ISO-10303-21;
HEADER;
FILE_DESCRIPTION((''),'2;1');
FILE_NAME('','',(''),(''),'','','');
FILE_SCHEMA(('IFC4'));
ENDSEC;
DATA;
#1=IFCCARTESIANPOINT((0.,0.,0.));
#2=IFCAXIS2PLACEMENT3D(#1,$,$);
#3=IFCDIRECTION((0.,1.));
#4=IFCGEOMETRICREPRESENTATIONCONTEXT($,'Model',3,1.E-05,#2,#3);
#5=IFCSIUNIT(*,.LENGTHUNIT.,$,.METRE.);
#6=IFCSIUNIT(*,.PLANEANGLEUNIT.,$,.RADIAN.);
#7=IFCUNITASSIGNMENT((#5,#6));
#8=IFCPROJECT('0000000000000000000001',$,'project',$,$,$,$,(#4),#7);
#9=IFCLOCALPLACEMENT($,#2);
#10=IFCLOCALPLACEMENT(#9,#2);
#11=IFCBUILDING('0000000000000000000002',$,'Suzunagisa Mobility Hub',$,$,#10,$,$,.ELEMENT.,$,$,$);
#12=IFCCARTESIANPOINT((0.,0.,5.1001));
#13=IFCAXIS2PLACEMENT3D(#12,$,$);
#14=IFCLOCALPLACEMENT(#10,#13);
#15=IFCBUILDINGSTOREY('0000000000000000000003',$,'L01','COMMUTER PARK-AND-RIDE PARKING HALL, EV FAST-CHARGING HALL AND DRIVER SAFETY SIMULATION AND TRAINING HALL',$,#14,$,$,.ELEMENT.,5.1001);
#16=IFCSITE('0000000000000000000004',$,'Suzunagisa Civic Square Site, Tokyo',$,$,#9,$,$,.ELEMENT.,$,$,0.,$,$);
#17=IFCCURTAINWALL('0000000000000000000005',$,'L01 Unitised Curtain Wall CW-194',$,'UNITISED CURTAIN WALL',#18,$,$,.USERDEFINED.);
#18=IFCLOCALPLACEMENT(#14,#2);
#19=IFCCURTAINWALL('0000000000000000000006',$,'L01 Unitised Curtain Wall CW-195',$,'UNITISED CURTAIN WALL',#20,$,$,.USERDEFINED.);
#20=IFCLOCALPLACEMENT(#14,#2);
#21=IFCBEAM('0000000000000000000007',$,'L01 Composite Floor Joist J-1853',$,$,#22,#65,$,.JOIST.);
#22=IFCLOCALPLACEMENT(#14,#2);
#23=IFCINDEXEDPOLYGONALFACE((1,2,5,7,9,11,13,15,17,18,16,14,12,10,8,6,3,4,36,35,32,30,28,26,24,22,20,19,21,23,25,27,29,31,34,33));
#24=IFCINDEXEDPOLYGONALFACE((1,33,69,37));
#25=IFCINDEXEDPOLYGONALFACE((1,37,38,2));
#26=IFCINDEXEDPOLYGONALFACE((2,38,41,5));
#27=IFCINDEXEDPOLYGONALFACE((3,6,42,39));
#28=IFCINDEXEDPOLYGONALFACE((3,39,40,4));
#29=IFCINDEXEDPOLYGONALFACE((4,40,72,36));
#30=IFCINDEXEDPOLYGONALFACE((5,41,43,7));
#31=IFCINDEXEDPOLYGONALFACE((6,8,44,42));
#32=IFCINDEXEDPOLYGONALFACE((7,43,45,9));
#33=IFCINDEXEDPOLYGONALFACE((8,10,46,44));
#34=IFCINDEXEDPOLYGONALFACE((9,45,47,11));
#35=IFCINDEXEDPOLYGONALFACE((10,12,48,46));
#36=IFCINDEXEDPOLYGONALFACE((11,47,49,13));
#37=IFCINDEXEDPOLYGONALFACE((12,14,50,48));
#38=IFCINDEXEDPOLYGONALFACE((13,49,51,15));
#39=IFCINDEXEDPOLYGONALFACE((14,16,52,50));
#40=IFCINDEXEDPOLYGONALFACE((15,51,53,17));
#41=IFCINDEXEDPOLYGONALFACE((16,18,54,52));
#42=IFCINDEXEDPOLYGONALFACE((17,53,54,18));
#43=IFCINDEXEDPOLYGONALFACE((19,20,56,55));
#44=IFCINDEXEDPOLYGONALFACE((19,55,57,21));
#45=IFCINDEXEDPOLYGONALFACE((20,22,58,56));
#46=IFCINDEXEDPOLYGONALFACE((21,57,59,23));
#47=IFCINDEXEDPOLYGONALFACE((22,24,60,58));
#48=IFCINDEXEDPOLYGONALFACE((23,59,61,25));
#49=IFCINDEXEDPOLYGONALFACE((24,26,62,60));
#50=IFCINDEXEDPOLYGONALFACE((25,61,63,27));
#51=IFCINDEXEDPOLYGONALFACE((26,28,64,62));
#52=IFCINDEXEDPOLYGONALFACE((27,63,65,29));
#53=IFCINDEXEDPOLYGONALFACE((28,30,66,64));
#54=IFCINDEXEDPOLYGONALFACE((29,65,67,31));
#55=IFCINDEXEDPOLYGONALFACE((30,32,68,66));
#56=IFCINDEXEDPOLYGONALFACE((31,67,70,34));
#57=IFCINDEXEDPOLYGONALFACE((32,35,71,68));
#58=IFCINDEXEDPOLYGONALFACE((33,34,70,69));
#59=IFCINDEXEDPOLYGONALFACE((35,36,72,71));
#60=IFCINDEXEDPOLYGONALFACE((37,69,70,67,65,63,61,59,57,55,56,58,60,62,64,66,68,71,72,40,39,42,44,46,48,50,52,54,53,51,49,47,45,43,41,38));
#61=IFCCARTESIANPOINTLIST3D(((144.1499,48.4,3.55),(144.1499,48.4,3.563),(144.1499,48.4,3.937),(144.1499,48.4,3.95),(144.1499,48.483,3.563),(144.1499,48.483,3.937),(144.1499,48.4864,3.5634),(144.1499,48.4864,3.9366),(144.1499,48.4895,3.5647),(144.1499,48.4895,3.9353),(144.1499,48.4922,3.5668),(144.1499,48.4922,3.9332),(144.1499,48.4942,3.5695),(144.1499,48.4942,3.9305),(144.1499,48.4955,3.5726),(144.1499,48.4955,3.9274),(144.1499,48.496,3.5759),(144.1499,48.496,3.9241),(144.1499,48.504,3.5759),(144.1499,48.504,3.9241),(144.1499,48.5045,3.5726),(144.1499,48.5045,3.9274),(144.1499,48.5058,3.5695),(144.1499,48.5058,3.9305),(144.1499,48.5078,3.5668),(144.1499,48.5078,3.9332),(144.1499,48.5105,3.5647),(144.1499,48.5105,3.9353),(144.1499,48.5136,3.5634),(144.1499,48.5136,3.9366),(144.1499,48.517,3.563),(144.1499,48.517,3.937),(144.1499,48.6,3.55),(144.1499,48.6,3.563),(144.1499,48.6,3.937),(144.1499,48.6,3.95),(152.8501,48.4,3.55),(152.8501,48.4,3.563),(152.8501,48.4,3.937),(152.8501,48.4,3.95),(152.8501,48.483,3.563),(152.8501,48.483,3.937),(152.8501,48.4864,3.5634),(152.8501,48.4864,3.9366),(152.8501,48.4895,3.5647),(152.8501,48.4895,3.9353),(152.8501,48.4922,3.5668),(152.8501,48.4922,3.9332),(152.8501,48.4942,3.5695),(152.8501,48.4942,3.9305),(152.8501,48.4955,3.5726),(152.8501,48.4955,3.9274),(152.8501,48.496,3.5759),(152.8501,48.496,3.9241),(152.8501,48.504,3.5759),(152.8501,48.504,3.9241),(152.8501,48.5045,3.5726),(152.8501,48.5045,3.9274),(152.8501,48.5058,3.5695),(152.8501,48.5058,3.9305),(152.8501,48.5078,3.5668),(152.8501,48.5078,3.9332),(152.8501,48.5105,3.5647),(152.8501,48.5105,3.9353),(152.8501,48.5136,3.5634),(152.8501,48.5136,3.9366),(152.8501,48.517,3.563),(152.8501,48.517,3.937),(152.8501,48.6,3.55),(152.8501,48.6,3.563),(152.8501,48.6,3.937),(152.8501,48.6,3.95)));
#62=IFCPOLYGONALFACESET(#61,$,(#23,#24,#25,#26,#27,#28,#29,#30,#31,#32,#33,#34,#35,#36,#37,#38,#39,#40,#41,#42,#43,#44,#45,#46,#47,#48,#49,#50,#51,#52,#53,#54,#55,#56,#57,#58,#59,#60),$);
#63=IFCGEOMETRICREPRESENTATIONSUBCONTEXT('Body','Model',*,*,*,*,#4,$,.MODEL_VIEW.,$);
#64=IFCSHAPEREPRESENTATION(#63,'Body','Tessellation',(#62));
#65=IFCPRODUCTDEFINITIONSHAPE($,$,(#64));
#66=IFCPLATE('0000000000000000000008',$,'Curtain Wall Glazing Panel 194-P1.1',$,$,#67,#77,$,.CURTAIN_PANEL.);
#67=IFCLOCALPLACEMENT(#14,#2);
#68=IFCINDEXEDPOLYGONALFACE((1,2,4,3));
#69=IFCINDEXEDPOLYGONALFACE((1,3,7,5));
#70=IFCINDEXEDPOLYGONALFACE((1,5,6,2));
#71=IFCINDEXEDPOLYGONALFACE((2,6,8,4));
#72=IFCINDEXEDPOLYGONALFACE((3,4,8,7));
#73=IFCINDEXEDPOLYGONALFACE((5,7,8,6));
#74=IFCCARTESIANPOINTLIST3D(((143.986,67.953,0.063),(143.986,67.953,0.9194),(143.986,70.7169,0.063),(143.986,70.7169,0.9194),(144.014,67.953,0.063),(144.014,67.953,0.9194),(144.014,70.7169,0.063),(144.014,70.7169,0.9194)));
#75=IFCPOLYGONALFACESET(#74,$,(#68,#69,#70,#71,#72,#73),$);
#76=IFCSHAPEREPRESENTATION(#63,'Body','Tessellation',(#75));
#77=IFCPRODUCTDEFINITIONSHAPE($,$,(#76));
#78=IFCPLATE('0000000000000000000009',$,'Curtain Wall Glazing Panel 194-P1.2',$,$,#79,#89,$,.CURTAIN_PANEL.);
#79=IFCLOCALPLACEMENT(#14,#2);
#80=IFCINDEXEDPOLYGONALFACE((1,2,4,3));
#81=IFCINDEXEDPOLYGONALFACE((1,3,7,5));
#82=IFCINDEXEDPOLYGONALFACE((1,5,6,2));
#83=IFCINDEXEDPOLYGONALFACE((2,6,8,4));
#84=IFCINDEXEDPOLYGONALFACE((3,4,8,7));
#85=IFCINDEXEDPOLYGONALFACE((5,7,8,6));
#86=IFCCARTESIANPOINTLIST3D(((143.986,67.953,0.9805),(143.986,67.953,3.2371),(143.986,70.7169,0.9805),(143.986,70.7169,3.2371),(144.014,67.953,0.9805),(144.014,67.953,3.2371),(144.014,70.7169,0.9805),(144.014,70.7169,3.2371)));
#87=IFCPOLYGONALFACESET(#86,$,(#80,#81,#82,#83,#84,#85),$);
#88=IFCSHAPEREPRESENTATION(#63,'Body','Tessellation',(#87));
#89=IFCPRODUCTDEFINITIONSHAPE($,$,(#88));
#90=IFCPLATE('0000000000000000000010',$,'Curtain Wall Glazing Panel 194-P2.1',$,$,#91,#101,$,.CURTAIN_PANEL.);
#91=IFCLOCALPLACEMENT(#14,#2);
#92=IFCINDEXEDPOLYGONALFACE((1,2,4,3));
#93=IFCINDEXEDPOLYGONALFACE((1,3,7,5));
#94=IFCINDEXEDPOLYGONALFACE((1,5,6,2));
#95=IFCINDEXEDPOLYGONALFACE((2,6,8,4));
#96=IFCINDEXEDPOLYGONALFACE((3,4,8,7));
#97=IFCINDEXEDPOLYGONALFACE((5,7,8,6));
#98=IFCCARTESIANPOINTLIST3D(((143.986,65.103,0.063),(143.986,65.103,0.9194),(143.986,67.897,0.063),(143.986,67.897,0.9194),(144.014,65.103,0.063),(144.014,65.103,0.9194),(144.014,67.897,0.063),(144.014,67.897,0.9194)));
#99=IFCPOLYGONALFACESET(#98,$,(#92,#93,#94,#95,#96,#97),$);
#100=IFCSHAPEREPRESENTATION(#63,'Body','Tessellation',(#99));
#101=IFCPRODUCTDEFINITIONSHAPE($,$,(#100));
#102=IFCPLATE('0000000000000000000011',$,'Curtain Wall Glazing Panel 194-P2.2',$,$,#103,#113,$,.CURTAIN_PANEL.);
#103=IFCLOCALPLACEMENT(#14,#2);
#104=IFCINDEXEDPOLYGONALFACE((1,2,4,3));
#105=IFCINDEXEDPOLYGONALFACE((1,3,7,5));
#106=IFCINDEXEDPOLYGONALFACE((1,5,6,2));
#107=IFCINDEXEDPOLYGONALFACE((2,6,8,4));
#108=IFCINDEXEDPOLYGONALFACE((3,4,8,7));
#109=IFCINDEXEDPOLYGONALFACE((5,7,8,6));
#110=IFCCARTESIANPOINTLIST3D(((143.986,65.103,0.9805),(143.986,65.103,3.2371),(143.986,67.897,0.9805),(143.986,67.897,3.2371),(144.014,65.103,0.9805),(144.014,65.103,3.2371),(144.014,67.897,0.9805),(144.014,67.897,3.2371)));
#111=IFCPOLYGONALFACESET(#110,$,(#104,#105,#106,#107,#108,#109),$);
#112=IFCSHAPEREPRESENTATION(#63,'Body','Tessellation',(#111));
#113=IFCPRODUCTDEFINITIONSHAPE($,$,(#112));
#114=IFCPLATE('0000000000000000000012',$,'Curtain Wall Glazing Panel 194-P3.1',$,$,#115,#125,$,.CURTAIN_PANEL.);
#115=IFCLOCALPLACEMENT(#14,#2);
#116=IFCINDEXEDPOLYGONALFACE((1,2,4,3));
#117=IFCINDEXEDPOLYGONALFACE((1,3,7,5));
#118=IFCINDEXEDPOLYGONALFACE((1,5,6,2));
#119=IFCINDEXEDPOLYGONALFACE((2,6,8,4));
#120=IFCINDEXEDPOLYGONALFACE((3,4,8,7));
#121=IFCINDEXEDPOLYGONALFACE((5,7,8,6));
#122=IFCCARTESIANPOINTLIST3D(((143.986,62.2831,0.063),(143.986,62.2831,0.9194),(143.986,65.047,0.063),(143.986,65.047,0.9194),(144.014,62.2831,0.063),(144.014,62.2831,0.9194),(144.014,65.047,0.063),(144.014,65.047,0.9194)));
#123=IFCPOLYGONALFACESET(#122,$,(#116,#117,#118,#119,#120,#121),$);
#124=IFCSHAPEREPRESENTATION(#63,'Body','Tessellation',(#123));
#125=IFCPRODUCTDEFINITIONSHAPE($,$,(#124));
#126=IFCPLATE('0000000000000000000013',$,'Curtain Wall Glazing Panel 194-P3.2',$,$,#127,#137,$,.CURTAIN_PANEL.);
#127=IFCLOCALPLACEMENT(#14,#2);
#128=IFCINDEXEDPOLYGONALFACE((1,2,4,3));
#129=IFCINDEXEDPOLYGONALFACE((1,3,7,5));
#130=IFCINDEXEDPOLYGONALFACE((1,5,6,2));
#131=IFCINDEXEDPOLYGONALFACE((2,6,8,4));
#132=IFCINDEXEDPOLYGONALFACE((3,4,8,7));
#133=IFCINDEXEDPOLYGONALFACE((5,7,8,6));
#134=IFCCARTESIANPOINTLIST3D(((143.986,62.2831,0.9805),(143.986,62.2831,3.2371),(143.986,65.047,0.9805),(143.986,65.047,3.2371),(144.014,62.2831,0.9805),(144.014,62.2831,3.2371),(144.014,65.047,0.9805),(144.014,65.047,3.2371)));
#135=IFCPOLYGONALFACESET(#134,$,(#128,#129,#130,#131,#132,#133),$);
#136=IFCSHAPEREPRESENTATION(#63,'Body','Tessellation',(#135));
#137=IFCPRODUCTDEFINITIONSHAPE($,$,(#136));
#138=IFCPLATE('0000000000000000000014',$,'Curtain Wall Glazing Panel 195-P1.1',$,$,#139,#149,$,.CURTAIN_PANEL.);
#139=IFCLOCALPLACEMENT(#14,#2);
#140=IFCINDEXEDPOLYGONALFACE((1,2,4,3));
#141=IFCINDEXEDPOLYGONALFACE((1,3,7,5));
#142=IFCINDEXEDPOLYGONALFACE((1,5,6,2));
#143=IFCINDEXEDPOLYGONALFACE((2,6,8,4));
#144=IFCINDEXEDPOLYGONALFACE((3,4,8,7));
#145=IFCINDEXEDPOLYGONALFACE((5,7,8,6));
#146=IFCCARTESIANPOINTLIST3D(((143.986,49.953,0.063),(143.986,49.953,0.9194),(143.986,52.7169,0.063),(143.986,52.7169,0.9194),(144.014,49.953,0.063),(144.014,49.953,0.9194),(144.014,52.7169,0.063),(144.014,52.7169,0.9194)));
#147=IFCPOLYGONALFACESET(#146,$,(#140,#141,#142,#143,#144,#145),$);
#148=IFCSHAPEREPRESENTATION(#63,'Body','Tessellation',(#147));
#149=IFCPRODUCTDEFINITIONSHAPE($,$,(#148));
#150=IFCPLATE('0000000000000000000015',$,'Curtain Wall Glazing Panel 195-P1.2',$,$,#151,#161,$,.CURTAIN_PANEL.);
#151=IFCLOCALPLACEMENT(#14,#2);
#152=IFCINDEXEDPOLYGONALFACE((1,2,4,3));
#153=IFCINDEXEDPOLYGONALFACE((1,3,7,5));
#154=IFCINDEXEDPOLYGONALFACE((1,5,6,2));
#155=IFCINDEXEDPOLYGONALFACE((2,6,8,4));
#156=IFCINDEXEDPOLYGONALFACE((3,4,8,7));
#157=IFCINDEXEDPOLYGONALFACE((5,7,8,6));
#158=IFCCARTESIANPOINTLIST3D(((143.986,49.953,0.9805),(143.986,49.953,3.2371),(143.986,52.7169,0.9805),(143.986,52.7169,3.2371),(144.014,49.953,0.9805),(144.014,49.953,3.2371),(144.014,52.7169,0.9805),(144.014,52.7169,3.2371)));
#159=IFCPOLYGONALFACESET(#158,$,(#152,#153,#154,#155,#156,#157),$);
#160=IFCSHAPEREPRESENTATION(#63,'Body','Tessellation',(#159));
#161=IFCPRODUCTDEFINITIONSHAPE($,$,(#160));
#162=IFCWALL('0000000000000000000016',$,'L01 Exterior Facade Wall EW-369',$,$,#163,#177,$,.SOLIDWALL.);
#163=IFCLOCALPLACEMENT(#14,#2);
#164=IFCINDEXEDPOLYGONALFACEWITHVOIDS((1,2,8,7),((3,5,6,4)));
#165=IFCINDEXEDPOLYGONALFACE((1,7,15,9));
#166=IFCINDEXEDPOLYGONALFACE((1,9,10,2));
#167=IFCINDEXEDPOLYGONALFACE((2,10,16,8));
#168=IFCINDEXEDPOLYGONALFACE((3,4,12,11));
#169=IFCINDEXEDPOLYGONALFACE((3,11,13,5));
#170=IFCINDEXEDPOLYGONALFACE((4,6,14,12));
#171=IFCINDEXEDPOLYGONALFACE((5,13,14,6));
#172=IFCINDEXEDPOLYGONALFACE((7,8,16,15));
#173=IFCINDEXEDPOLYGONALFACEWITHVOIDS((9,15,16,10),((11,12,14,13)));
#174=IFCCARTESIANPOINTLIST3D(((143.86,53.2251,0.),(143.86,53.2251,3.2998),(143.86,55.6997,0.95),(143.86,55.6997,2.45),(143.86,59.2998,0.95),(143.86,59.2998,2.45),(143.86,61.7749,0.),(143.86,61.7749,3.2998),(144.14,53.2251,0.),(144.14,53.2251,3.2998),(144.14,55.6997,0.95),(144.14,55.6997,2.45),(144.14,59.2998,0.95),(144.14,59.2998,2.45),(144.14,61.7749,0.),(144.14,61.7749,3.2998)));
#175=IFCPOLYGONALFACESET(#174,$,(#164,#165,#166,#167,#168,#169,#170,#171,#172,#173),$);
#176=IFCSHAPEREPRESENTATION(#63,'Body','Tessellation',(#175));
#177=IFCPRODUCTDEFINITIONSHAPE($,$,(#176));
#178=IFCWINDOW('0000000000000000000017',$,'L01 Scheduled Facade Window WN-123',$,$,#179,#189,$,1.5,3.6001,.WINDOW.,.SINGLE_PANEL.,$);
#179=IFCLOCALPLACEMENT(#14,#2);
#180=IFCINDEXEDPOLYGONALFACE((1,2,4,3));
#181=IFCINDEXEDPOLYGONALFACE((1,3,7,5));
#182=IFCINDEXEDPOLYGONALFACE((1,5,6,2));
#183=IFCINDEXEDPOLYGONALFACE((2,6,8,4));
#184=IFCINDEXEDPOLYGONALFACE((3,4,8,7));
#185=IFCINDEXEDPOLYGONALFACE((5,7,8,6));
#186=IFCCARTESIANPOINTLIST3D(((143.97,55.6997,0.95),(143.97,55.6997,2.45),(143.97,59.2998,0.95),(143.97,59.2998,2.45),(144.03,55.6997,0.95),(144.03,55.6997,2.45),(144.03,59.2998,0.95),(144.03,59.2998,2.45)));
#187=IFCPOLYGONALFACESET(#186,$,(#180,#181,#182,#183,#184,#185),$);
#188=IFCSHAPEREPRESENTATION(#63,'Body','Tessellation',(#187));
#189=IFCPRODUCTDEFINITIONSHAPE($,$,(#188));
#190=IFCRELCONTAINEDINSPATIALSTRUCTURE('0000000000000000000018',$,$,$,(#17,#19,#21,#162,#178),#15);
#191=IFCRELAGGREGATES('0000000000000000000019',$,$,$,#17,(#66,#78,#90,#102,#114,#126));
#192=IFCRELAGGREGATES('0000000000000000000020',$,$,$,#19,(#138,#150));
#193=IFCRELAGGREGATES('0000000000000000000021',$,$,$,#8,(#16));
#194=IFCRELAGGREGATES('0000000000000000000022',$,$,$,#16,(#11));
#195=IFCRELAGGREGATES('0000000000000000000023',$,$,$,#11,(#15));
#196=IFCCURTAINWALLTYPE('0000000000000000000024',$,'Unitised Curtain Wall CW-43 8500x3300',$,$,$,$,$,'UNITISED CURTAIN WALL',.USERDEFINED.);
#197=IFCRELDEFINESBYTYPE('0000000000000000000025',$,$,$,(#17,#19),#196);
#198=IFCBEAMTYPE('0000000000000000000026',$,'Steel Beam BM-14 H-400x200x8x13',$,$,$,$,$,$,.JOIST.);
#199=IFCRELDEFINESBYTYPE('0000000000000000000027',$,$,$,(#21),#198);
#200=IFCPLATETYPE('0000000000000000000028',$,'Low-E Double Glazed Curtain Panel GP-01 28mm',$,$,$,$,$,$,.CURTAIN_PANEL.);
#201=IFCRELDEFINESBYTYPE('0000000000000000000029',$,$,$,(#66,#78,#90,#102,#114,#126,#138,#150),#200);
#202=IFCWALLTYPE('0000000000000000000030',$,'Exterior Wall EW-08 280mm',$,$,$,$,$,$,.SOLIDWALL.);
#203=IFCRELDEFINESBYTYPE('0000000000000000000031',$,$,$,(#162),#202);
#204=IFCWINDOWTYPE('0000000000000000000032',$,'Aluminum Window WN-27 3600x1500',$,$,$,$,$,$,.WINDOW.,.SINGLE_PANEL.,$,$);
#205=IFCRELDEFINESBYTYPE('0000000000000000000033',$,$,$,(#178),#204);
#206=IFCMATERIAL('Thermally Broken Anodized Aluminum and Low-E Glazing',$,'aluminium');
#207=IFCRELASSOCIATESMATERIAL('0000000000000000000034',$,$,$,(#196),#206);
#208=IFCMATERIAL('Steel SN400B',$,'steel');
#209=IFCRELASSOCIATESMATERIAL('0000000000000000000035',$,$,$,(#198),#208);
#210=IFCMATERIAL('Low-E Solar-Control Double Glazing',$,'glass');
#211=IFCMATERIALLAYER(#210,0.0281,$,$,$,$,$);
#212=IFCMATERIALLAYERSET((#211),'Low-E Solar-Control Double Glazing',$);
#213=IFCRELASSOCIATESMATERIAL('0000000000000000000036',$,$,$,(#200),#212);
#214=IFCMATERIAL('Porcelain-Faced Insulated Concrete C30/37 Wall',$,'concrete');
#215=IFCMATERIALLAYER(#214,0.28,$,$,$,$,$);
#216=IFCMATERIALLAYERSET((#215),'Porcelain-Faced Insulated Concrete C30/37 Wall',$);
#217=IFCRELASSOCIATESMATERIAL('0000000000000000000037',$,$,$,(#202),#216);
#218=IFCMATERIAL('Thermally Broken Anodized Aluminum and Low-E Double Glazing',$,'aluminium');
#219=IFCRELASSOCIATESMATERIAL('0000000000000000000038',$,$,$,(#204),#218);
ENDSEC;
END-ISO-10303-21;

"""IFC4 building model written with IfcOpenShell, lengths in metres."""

from ifc_helpers import new_model, si_unit, direction, frame, frame_2d, origin, origin_2d, place, context, subcontext, project, spatial, rectangle, i_section, extrude, material, layer, layer_set, material_profile, profile_set, type_object, element, fill, aggregate, save


model = new_model("IFC4")

# Units and contexts
model_context = context("Model", 3, precision=1e-05, world=origin(), true_north=direction((0.0, 1.0)))
body_context = subcontext(model_context, "Body", "Model", "MODEL_VIEW")
ifc_project = project(units=[si_unit("LENGTHUNIT", "METRE"), si_unit("PLANEANGLEUNIT", "RADIAN")], contexts=[model_context])

# Site, building, storey
site_placement = place(None, origin())
site = spatial("IfcSite", under=ifc_project, at=site_placement, Name="Suzunagisa Civic Square Site, Tokyo", CompositionType="ELEMENT", RefElevation=0.0)
building_placement = place(site_placement, origin())
building = spatial("IfcBuilding", under=site, at=building_placement, Name="Suzunagisa Mobility Hub", CompositionType="ELEMENT")
storey_placement = place(building_placement, frame((0.0, 0.0, 5.1001)))
storey = spatial("IfcBuildingStorey", under=building, at=storey_placement, Name="L01", Description="COMMUTER PARK-AND-RIDE PARKING HALL, EV FAST-CHARGING HALL AND DRIVER SAFETY SIMULATION AND TRAINING HALL", CompositionType="ELEMENT", Elevation=5.1001)

# Curtain walls
ifc_material_1 = material(Name="Thermally Broken Anodized Aluminum and Low-E Glazing", Category="aluminium")
curtain_wall_type = type_object("IfcCurtainWallType", Name="Unitised Curtain Wall CW-43 8500x3300", ElementType="UNITISED CURTAIN WALL", PredefinedType="USERDEFINED", material=ifc_material_1)
curtain_wall_1_placement = place(storey_placement, origin())
curtain_wall_1 = element("IfcCurtainWall", 1, at=curtain_wall_1_placement, inside=storey, type_object=curtain_wall_type, Name="L01 Unitised Curtain Wall CW-194", ObjectType="UNITISED CURTAIN WALL", PredefinedType="USERDEFINED")
curtain_wall_2_placement = place(storey_placement, origin())
curtain_wall_2 = element("IfcCurtainWall", 2, at=curtain_wall_2_placement, inside=storey, type_object=curtain_wall_type, Name="L01 Unitised Curtain Wall CW-195", ObjectType="UNITISED CURTAIN WALL", PredefinedType="USERDEFINED")

# Beam
ifc_material_2 = material(Name="Steel SN400B", Category="steel")
ifc_material_profile_1 = material_profile(ifc_material_2, i_section(OverallWidth=0.2, OverallDepth=0.3999, WebThickness=0.0081, FlangeThickness=0.0129, FilletRadius=0.0129, at=origin_2d()), Name="H-400x200x8x13")
ifc_profile_set_1 = profile_set([ifc_material_profile_1], Name="Steel SN400B")
beam_type_1 = type_object("IfcBeamType", Name="Steel Beam BM-14 H-400x200x8x13", PredefinedType="JOIST", material=ifc_profile_set_1)
beam_placement = place(storey_placement, frame((144.1499, 48.5, 3.75), z_axis=(1.0, 0.0, 0.0), x_axis=(0.0, 1.0, 0.0)))
element("IfcBeam", 3, at=beam_placement, inside=storey, type_object=beam_type_1, Name="L01 Composite Floor Joist J-1853", PredefinedType="JOIST", context=body_context, shape_type="SweptSolid", body=[
    extrude(i_section(OverallWidth=0.2, OverallDepth=0.3999, WebThickness=0.0081, FlangeThickness=0.0129, FilletRadius=0.0129, at=origin_2d()), origin(), (0.0, 0.0, 1.0), 8.7002),
])

# Plates
ifc_material_3 = material(Name="Low-E Solar-Control Double Glazing", Category="glass")
ifc_layer_1 = layer(ifc_material_3, 0.0281)
ifc_layer_set_1 = layer_set([ifc_layer_1], Name="Low-E Solar-Control Double Glazing")
plate_type = type_object("IfcPlateType", Name="Low-E Double Glazed Curtain Panel GP-01 28mm", PredefinedType="CURTAIN_PANEL", material=ifc_layer_set_1)
plate_1_placement = place(storey_placement, frame((144.0, 69.335, 0.063), z_axis=(0.0, 0.0, 1.0), x_axis=(0.0, -1.0, 0.0)))
plate_1 = element("IfcPlate", 4, at=plate_1_placement, type_object=plate_type, Name="Curtain Wall Glazing Panel 194-P1.1", PredefinedType="CURTAIN_PANEL", context=body_context, shape_type="SweptSolid", body=[
    extrude(rectangle(XDim=2.7639, YDim=0.0281, at=origin_2d()), origin(), (0.0, 0.0, 1.0), 0.8564),
])
plate_2_placement = place(storey_placement, frame((144.0, 69.335, 0.9805), z_axis=(0.0, 0.0, 1.0), x_axis=(0.0, -1.0, 0.0)))
plate_2 = element("IfcPlate", 5, at=plate_2_placement, type_object=plate_type, Name="Curtain Wall Glazing Panel 194-P1.2", PredefinedType="CURTAIN_PANEL", context=body_context, shape_type="SweptSolid", body=[
    extrude(rectangle(XDim=2.7639, YDim=0.0281, at=origin_2d()), origin(), (0.0, 0.0, 1.0), 2.2566),
])
plate_3_placement = place(storey_placement, frame((144.0, 66.5, 0.063), z_axis=(0.0, 0.0, 1.0), x_axis=(0.0, -1.0, 0.0)))
plate_3 = element("IfcPlate", 6, at=plate_3_placement, type_object=plate_type, Name="Curtain Wall Glazing Panel 194-P2.1", PredefinedType="CURTAIN_PANEL", context=body_context, shape_type="SweptSolid", body=[
    extrude(rectangle(XDim=2.7939, YDim=0.0281, at=origin_2d()), origin(), (0.0, 0.0, 1.0), 0.8564),
])
plate_4_placement = place(storey_placement, frame((144.0, 66.5, 0.9805), z_axis=(0.0, 0.0, 1.0), x_axis=(0.0, -1.0, 0.0)))
plate_4 = element("IfcPlate", 7, at=plate_4_placement, type_object=plate_type, Name="Curtain Wall Glazing Panel 194-P2.2", PredefinedType="CURTAIN_PANEL", context=body_context, shape_type="SweptSolid", body=[
    extrude(rectangle(XDim=2.7939, YDim=0.0281, at=origin_2d()), origin(), (0.0, 0.0, 1.0), 2.2566),
])
plate_5_placement = place(storey_placement, frame((144.0, 63.665, 0.063), z_axis=(0.0, 0.0, 1.0), x_axis=(0.0, -1.0, 0.0)))
plate_5 = element("IfcPlate", 8, at=plate_5_placement, type_object=plate_type, Name="Curtain Wall Glazing Panel 194-P3.1", PredefinedType="CURTAIN_PANEL", context=body_context, shape_type="SweptSolid", body=[
    extrude(rectangle(XDim=2.7639, YDim=0.0281, at=origin_2d()), origin(), (0.0, 0.0, 1.0), 0.8564),
])
plate_6_placement = place(storey_placement, frame((144.0, 63.665, 0.9805), z_axis=(0.0, 0.0, 1.0), x_axis=(0.0, -1.0, 0.0)))
plate_6 = element("IfcPlate", 9, at=plate_6_placement, type_object=plate_type, Name="Curtain Wall Glazing Panel 194-P3.2", PredefinedType="CURTAIN_PANEL", context=body_context, shape_type="SweptSolid", body=[
    extrude(rectangle(XDim=2.7639, YDim=0.0281, at=origin_2d()), origin(), (0.0, 0.0, 1.0), 2.2566),
])
aggregate(curtain_wall_1, [plate_1, plate_2, plate_3, plate_4, plate_5, plate_6])
plate_7_placement = place(storey_placement, frame((144.0, 51.335, 0.063), z_axis=(0.0, 0.0, 1.0), x_axis=(0.0, -1.0, 0.0)))
plate_7 = element("IfcPlate", 10, at=plate_7_placement, type_object=plate_type, Name="Curtain Wall Glazing Panel 195-P1.1", PredefinedType="CURTAIN_PANEL", context=body_context, shape_type="SweptSolid", body=[
    extrude(rectangle(XDim=2.7639, YDim=0.0281, at=origin_2d()), origin(), (0.0, 0.0, 1.0), 0.8564),
])
plate_8_placement = place(storey_placement, frame((144.0, 51.335, 0.9805), z_axis=(0.0, 0.0, 1.0), x_axis=(0.0, -1.0, 0.0)))
plate_8 = element("IfcPlate", 11, at=plate_8_placement, type_object=plate_type, Name="Curtain Wall Glazing Panel 195-P1.2", PredefinedType="CURTAIN_PANEL", context=body_context, shape_type="SweptSolid", body=[
    extrude(rectangle(XDim=2.7639, YDim=0.0281, at=origin_2d()), origin(), (0.0, 0.0, 1.0), 2.2566),
])
aggregate(curtain_wall_2, [plate_7, plate_8])

# Wall, opening, window
ifc_material_4 = material(Name="Porcelain-Faced Insulated Concrete C30/37 Wall", Category="concrete")
ifc_layer_2 = layer(ifc_material_4, 0.28)
ifc_layer_set_2 = layer_set([ifc_layer_2], Name="Porcelain-Faced Insulated Concrete C30/37 Wall")
wall_type = type_object("IfcWallType", Name="Exterior Wall EW-08 280mm", PredefinedType="SOLIDWALL", material=ifc_layer_set_2)
wall_placement = place(storey_placement, frame((144.0, 61.7749, 0.0), z_axis=(0.0, 0.0, 1.0), x_axis=(0.0, -1.0, 0.0)))
wall = element("IfcWall", 12, at=wall_placement, inside=storey, type_object=wall_type, Name="L01 Exterior Facade Wall EW-369", PredefinedType="SOLIDWALL", context=body_context, shape_type="SweptSolid", body=[
    extrude(rectangle(XDim=8.5498, YDim=0.28, at=frame_2d((4.2749, 0.0))), origin(), (0.0, 0.0, 1.0), 3.2998),
])
opening_placement = place(wall_placement, frame((2.4751, 0.0, 0.95)))
opening = element("IfcOpeningElement", 13, at=opening_placement, cuts=wall, PredefinedType="OPENING", context=body_context, shape_type="SweptSolid", body=[
    extrude(rectangle(XDim=3.6001, YDim=1.5, at=frame_2d((1.8, 0.75))), frame((0.0, 0.1509, 0.0), z_axis=(0.0, -1.0, 0.0), x_axis=(1.0, 0.0, 0.0)), (0.0, 0.0, 1.0), 0.302),
])
ifc_material_5 = material(Name="Thermally Broken Anodized Aluminum and Low-E Double Glazing", Category="aluminium")
window_type = type_object("IfcWindowType", Name="Aluminum Window WN-27 3600x1500", PartitioningType="SINGLE_PANEL", PredefinedType="WINDOW", material=ifc_material_5)
window_placement = place(opening_placement, origin())
window = element("IfcWindow", 14, at=window_placement, inside=storey, type_object=window_type, Name="L01 Scheduled Facade Window WN-123", OverallHeight=1.5, OverallWidth=3.6001, PartitioningType="SINGLE_PANEL", PredefinedType="WINDOW", context=body_context, shape_type="SweptSolid", body=[
    extrude(rectangle(XDim=3.6001, YDim=1.5, at=frame_2d((1.8, 0.75))), frame((0.0, 0.03, 0.0), z_axis=(0.0, -1.0, 0.0), x_axis=(1.0, 0.0, 0.0)), (0.0, 0.0, 1.0), 0.0601),
])
fill(opening, window)

save(model, "model.ifc")
